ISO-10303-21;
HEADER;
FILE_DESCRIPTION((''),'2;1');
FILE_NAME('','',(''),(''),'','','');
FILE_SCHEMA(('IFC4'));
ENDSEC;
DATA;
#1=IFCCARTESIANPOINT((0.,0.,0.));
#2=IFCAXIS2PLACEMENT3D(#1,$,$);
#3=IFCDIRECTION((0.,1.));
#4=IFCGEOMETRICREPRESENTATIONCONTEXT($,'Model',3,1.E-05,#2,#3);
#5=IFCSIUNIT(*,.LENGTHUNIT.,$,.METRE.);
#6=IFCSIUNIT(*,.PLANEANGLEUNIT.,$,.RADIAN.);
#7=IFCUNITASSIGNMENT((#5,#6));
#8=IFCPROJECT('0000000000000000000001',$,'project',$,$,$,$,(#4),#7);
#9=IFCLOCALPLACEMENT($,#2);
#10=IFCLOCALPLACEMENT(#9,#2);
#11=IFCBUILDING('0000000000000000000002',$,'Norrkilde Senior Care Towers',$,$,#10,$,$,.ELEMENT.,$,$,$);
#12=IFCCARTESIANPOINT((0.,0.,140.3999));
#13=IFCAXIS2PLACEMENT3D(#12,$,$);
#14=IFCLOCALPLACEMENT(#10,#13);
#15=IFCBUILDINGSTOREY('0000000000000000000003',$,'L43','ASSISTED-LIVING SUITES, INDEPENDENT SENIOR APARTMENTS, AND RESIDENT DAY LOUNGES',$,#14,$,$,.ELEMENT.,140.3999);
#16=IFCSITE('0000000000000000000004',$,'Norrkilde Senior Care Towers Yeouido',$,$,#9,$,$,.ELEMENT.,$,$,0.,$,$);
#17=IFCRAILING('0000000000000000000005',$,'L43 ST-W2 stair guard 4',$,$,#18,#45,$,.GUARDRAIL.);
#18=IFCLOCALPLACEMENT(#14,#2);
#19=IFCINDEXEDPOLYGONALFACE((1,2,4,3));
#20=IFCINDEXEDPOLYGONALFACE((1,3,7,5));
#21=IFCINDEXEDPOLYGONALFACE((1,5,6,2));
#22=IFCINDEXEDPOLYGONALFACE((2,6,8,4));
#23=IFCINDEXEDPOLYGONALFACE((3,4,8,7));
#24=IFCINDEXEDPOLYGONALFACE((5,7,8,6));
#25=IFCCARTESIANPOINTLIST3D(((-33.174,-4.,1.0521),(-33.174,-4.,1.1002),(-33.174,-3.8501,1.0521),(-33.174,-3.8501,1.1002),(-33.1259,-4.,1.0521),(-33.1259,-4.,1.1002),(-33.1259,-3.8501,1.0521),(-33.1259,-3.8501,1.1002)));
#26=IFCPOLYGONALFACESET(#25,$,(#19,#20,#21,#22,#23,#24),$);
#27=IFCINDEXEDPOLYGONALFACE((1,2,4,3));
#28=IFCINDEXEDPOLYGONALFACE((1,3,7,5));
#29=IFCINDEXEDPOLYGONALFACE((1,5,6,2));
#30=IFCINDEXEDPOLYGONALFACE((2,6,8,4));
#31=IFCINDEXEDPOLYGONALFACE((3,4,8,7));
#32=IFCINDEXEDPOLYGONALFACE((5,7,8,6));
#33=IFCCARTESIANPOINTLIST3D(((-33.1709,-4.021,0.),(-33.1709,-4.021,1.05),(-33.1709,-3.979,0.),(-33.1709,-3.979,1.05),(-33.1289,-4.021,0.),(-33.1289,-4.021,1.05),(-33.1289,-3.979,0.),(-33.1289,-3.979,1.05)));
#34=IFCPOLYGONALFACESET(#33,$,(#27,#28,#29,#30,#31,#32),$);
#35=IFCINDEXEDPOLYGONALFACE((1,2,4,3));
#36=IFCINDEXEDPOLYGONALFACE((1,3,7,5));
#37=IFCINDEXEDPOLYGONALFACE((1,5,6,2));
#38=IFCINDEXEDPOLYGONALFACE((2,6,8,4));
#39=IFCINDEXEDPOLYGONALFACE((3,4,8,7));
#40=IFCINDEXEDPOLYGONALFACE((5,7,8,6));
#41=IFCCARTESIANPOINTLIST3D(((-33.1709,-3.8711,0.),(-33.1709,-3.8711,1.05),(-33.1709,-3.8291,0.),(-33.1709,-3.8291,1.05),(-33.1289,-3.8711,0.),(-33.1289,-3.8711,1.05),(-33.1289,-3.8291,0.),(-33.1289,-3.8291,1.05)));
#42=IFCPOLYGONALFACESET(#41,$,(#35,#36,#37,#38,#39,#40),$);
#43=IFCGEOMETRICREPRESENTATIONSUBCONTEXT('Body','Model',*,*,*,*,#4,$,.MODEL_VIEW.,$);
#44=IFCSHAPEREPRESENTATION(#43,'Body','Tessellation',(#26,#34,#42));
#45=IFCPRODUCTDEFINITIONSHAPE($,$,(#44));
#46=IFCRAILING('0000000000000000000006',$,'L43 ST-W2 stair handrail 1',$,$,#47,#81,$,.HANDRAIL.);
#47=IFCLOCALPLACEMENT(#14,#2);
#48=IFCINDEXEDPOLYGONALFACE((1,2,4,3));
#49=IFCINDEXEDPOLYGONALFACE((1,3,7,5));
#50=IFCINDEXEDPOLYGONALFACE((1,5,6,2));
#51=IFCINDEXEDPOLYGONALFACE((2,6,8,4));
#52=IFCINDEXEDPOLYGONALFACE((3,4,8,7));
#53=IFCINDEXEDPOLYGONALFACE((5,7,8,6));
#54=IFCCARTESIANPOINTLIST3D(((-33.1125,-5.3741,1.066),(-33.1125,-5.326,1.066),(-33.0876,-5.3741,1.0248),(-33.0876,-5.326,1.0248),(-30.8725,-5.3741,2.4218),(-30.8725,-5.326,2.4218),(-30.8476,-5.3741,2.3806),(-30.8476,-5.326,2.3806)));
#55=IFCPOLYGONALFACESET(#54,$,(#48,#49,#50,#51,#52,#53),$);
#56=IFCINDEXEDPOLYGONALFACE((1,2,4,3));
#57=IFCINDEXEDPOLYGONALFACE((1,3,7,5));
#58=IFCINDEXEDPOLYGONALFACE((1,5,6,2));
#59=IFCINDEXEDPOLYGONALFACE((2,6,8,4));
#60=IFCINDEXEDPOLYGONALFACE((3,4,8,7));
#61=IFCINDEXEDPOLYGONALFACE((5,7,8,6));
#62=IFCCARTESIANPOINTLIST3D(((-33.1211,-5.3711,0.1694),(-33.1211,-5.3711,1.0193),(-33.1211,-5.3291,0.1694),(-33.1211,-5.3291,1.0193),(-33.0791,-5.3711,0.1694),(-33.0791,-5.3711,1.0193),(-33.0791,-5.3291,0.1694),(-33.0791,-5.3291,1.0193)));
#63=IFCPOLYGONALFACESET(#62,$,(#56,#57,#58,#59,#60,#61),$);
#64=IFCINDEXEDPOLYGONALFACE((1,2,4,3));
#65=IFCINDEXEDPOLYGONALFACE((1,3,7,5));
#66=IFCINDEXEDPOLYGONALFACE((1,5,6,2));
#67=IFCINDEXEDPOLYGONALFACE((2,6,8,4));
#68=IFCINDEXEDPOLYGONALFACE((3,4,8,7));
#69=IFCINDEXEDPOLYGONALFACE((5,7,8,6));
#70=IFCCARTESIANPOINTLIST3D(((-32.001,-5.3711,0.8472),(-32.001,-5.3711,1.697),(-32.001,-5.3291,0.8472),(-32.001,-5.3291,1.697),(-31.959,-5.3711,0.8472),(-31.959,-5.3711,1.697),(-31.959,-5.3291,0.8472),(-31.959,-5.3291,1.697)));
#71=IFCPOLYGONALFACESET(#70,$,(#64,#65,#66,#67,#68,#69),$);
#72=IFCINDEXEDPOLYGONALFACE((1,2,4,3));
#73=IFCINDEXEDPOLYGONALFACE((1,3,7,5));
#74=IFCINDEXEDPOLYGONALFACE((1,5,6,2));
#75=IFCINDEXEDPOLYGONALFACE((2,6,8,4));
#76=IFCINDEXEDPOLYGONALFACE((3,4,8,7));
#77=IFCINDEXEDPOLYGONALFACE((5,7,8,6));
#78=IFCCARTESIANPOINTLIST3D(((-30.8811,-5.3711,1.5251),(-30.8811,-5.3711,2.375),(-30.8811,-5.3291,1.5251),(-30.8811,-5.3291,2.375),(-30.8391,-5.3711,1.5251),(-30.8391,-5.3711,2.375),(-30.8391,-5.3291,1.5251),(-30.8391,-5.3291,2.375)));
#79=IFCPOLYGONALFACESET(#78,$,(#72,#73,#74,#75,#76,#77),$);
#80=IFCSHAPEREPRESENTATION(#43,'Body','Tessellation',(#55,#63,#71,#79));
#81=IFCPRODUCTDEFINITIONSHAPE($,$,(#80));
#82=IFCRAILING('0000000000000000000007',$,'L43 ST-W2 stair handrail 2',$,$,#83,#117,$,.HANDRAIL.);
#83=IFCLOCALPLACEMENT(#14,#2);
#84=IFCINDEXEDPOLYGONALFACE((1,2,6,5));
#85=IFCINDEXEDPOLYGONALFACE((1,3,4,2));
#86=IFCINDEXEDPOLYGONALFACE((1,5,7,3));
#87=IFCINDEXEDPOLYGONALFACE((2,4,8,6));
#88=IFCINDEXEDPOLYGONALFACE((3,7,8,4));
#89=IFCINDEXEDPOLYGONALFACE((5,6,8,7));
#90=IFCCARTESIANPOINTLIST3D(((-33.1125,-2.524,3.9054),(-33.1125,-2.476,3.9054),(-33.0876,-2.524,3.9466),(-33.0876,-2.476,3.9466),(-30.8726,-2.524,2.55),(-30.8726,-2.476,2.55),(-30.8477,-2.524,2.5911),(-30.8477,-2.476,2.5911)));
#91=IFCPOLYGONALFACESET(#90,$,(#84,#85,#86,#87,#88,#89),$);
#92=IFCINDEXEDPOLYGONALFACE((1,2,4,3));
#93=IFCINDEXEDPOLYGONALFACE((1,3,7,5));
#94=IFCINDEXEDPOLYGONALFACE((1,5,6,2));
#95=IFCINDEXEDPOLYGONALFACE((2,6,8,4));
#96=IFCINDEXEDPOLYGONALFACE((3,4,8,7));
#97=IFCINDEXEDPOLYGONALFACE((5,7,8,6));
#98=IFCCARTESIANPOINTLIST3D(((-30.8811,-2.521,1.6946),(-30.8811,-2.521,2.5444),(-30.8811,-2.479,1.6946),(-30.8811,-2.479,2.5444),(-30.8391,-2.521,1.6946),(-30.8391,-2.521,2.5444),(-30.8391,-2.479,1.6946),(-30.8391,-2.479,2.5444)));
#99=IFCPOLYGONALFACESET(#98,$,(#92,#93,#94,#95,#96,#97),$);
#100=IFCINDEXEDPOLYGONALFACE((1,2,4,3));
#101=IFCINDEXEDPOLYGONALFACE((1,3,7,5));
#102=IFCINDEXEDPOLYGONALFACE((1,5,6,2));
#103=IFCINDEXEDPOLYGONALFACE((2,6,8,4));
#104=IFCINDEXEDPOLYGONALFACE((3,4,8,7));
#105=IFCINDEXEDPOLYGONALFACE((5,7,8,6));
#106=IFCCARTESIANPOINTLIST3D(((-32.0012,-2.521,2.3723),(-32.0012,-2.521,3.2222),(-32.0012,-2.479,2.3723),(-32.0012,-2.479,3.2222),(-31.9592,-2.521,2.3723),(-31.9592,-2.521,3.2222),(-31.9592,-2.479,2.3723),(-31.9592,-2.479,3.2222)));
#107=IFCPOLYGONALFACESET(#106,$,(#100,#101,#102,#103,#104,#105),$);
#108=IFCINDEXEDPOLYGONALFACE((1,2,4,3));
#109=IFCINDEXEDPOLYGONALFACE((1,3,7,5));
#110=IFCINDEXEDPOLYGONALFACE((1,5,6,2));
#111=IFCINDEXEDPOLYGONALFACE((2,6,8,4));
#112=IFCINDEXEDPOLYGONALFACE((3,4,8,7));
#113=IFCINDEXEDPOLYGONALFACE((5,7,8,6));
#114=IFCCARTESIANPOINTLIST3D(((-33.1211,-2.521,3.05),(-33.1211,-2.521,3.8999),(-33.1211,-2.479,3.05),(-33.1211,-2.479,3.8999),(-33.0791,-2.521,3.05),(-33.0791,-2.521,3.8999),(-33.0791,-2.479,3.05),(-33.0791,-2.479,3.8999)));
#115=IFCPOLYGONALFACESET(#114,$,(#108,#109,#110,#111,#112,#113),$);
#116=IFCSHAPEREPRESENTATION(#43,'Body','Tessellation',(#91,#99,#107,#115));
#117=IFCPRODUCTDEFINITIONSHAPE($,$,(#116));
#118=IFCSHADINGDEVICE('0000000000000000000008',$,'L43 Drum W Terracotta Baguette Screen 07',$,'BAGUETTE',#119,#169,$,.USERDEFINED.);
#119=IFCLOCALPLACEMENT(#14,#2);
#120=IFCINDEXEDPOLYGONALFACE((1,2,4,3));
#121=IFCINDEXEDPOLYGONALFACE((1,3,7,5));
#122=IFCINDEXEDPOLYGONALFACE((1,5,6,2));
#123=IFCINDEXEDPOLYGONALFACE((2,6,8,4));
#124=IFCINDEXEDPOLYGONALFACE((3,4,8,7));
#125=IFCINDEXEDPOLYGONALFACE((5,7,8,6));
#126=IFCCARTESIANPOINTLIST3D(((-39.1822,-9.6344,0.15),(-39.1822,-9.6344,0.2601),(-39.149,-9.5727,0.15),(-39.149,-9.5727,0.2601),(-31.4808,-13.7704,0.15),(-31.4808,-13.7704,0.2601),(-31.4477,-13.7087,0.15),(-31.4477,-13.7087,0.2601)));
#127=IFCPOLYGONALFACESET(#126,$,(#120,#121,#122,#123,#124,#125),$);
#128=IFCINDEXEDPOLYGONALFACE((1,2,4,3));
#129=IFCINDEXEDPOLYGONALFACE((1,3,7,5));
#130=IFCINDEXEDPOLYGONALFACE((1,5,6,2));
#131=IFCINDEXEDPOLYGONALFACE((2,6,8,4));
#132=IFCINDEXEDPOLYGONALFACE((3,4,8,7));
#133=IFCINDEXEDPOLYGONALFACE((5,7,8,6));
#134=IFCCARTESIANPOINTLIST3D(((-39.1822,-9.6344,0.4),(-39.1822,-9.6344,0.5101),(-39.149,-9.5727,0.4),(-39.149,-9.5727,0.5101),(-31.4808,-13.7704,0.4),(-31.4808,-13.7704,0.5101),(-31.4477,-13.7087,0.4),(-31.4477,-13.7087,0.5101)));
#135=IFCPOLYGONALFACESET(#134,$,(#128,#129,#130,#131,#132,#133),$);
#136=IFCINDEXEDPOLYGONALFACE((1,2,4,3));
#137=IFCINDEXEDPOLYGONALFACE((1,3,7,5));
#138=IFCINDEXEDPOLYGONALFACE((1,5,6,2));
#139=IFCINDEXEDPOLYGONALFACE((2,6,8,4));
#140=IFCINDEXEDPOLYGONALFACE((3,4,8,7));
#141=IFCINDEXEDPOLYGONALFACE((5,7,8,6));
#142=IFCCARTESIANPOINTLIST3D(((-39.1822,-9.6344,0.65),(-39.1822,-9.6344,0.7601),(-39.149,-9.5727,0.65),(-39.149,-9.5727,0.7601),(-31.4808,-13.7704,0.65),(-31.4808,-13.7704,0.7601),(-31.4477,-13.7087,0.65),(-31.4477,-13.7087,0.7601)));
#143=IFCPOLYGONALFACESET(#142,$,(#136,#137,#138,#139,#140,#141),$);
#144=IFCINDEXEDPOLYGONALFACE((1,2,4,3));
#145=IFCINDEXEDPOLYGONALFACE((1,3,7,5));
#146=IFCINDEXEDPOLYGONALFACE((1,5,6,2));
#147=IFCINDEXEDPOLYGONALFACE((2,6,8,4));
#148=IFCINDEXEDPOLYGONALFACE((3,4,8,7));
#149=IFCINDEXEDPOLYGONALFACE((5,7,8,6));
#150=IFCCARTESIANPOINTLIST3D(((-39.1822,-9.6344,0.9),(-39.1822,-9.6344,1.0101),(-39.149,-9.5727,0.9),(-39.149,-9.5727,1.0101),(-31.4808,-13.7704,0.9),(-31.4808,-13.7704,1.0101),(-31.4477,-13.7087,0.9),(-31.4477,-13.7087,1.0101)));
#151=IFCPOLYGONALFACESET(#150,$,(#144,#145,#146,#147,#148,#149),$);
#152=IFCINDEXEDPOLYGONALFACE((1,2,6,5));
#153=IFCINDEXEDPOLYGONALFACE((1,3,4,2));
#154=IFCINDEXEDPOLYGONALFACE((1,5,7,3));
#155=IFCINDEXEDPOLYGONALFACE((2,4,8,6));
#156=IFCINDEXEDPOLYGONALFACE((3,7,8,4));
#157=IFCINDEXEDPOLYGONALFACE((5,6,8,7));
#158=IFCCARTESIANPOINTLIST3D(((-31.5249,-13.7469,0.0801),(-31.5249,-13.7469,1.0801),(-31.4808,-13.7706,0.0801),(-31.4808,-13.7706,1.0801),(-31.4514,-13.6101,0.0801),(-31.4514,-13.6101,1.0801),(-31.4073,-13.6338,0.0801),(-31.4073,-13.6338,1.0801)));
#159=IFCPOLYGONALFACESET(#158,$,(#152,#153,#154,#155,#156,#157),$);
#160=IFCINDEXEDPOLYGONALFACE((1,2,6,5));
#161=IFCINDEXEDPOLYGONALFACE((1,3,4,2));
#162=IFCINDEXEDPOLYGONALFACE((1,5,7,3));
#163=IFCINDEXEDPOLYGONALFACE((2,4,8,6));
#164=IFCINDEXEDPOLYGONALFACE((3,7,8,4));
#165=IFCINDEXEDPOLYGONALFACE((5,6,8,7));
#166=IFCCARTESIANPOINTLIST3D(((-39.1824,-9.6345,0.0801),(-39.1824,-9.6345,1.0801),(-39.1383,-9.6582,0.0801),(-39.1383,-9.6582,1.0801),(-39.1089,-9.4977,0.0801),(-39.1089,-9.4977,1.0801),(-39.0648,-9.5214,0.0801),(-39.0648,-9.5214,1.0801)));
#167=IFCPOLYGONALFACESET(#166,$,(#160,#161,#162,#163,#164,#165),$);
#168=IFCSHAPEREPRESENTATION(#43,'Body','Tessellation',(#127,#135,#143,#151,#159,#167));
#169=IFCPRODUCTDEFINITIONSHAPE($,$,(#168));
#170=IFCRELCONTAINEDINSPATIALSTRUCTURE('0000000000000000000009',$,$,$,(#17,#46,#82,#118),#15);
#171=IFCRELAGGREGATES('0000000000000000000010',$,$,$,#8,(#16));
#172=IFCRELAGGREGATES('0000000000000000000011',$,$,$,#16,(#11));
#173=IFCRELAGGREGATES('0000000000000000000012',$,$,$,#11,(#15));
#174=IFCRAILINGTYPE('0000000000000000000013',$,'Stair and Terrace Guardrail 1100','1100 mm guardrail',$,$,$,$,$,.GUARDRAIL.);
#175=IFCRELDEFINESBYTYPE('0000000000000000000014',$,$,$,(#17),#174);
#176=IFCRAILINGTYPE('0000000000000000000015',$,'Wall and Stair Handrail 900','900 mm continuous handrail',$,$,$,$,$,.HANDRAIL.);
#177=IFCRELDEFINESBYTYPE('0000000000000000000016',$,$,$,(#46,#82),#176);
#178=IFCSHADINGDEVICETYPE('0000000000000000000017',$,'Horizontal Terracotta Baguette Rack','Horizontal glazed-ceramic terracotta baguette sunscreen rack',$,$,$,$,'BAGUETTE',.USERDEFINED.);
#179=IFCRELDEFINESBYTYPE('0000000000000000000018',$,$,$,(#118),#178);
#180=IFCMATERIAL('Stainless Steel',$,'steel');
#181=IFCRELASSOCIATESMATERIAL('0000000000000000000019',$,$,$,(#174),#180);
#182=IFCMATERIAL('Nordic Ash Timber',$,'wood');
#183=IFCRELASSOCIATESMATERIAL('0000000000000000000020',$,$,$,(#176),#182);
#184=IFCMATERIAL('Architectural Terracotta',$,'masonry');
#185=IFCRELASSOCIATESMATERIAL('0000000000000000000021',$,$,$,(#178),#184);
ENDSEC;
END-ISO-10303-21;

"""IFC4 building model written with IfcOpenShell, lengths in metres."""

from ifc_helpers import new_model, si_unit, direction, frame, origin, origin_2d, place, context, subcontext, project, spatial, rectangle, extrude, source, transform, mapped, material, type_object, type_shapes, element, save


model = new_model("IFC4")

# Units and contexts
model_context = context("Model", 3, precision=1e-05, world=origin(), true_north=direction((0.0, 1.0)))
body_context = subcontext(model_context, "Body", "Model", "MODEL_VIEW")
ifc_project = project(units=[si_unit("LENGTHUNIT", "METRE"), si_unit("PLANEANGLEUNIT", "RADIAN")], contexts=[model_context])

# Site, building, storey
site_placement = place(None, origin())
site = spatial("IfcSite", under=ifc_project, at=site_placement, Name="Norrkilde Senior Care Towers Yeouido", CompositionType="ELEMENT", RefElevation=0.0)
building_placement = place(site_placement, origin())
building = spatial("IfcBuilding", under=site, at=building_placement, Name="Norrkilde Senior Care Towers", CompositionType="ELEMENT")
storey_placement = place(building_placement, frame((0.0, 0.0, 140.3999)))
storey = spatial("IfcBuildingStorey", under=building, at=storey_placement, Name="L43", Description="ASSISTED-LIVING SUITES, INDEPENDENT SENIOR APARTMENTS, AND RESIDENT DAY LOUNGES", CompositionType="ELEMENT", Elevation=140.3999)

# Railings
ifc_material_1 = material(Name="Stainless Steel", Category="steel")
railing_type_1 = type_object("IfcRailingType", Name="Stair and Terrace Guardrail 1100", Description="1100 mm guardrail", PredefinedType="GUARDRAIL", material=ifc_material_1)
railing_1_placement = place(storey_placement, frame((-33.1499, -4.0, 0.0)))
element("IfcRailing", 1, at=railing_1_placement, inside=storey, type_object=railing_type_1, Name="L43 ST-W2 stair guard 4", PredefinedType="GUARDRAIL", context=body_context, shape_type="SweptSolid", body=[
    extrude(rectangle(XDim=0.0481, YDim=0.0481, at=origin_2d()), frame((0.0, 0.0, 1.0762), z_axis=(0.0, 1.0, 0.0), x_axis=(-1.0, 0.0, 0.0)), (0.0, 0.0, 1.0), 0.1499),
    extrude(rectangle(XDim=0.042, YDim=0.042, at=origin_2d()), origin(), (0.0, 0.0, 1.0), 1.05),
    extrude(rectangle(XDim=0.042, YDim=0.042, at=origin_2d()), frame((0.0, 0.1499, 0.0)), (0.0, 0.0, 1.0), 1.05),
])
ifc_material_2 = material(Name="Nordic Ash Timber", Category="wood")
railing_type_2 = type_object("IfcRailingType", Name="Wall and Stair Handrail 900", Description="900 mm continuous handrail", PredefinedType="HANDRAIL", material=ifc_material_2)
railing_2_placement = place(storey_placement, frame((-33.1001, -5.3501, 0.1694)))
element("IfcRailing", 2, at=railing_2_placement, inside=storey, type_object=railing_type_2, Name="L43 ST-W2 stair handrail 1", PredefinedType="HANDRAIL", context=body_context, shape_type="SweptSolid", body=[
    extrude(rectangle(XDim=0.0481, YDim=0.0481, at=origin_2d()), frame((0.0, 0.0, 0.876), z_axis=(0.855512, 0.0, 0.517783), x_axis=(0.0, 1.0, 0.0)), (0.0, 0.0, 1.0), 2.6184),
    extrude(rectangle(XDim=0.042, YDim=0.042, at=origin_2d()), origin(), (0.0, 0.0, 1.0), 0.8499),
    extrude(rectangle(XDim=0.042, YDim=0.042, at=origin_2d()), frame((1.1201, 0.0, 0.6777)), (0.0, 0.0, 1.0), 0.8499),
    extrude(rectangle(XDim=0.042, YDim=0.042, at=origin_2d()), frame((2.24, 0.0, 1.3557)), (0.0, 0.0, 1.0), 0.8499),
])
railing_3_placement = place(storey_placement, frame((-30.8601, -2.5, 1.6946)))
element("IfcRailing", 3, at=railing_3_placement, inside=storey, type_object=railing_type_2, Name="L43 ST-W2 stair handrail 2", PredefinedType="HANDRAIL", context=body_context, shape_type="SweptSolid", body=[
    extrude(rectangle(XDim=0.0481, YDim=0.0481, at=origin_2d()), frame((0.0, 0.0, 0.876), z_axis=(-0.855553, 0.0, 0.517715), x_axis=(0.0, -1.0, 0.0)), (0.0, 0.0, 1.0), 2.6182),
    extrude(rectangle(XDim=0.042, YDim=0.042, at=origin_2d()), origin(), (0.0, 0.0, 1.0), 0.8499),
    extrude(rectangle(XDim=0.042, YDim=0.042, at=origin_2d()), frame((-1.1201, 0.0, 0.6777)), (0.0, 0.0, 1.0), 0.8499),
    extrude(rectangle(XDim=0.042, YDim=0.042, at=origin_2d()), frame((-2.24, 0.0, 1.3555)), (0.0, 0.0, 1.0), 0.8499),
])

# Shading device
ifc_material_3 = material(Name="Architectural Terracotta", Category="masonry")
shading_device_type = type_object("IfcShadingDeviceType", Name="Horizontal Terracotta Baguette Rack", Description="Horizontal glazed-ceramic terracotta baguette sunscreen rack", ElementType="BAGUETTE", PredefinedType="USERDEFINED", material=ifc_material_3)
shared_shape_1 = source(origin(), body_context, "Body", "SweptSolid", [
    extrude(rectangle(XDim=0.0701, YDim=0.1101, at=origin_2d()), frame((0.0, 0.0901, 0.125), z_axis=(1.0, 0.0, 0.0), x_axis=(0.0, 1.0, 0.0)), (0.0, 0.0, 1.0), 8.7417),
    extrude(rectangle(XDim=0.0701, YDim=0.1101, at=origin_2d()), frame((0.0, 0.0901, 0.375), z_axis=(1.0, 0.0, 0.0), x_axis=(0.0, 1.0, 0.0)), (0.0, 0.0, 1.0), 8.7417),
    extrude(rectangle(XDim=0.0701, YDim=0.1101, at=origin_2d()), frame((0.0, 0.0901, 0.625), z_axis=(1.0, 0.0, 0.0), x_axis=(0.0, 1.0, 0.0)), (0.0, 0.0, 1.0), 8.7417),
    extrude(rectangle(XDim=0.0701, YDim=0.1101, at=origin_2d()), frame((0.0, 0.0901, 0.875), z_axis=(1.0, 0.0, 0.0), x_axis=(0.0, 1.0, 0.0)), (0.0, 0.0, 1.0), 8.7417),
    extrude(rectangle(XDim=0.05, YDim=0.1553, at=origin_2d()), frame((0.0249, 0.0476, 0.0)), (0.0, 0.0, 1.0), 1.0),
    extrude(rectangle(XDim=0.05, YDim=0.1553, at=origin_2d()), frame((8.7168, 0.0476, 0.0)), (0.0, 0.0, 1.0), 1.0),
])
type_shapes(shading_device_type, [shared_shape_1])
shading_device_placement = place(storey_placement, frame((-31.4216, -13.6602, 0.0801), z_axis=(0.0, 0.0, 1.0), x_axis=(-0.880998, 0.473133, 0.0)))
element("IfcShadingDevice", 4, at=shading_device_placement, inside=storey, type_object=shading_device_type, Name="L43 Drum W Terracotta Baguette Screen 07", ObjectType="BAGUETTE", PredefinedType="USERDEFINED", context=body_context, shape_type="MappedRepresentation", body=[
    mapped(shared_shape_1, transform((0.0, 0.0, 0.0), x_axis=(1.0, 0.0, 0.0), y_axis=(0.0, 1.0, 0.0), z_axis=(0.0, 0.0, 1.0), scale=1.0)),
])

save(model, "model.ifc")
